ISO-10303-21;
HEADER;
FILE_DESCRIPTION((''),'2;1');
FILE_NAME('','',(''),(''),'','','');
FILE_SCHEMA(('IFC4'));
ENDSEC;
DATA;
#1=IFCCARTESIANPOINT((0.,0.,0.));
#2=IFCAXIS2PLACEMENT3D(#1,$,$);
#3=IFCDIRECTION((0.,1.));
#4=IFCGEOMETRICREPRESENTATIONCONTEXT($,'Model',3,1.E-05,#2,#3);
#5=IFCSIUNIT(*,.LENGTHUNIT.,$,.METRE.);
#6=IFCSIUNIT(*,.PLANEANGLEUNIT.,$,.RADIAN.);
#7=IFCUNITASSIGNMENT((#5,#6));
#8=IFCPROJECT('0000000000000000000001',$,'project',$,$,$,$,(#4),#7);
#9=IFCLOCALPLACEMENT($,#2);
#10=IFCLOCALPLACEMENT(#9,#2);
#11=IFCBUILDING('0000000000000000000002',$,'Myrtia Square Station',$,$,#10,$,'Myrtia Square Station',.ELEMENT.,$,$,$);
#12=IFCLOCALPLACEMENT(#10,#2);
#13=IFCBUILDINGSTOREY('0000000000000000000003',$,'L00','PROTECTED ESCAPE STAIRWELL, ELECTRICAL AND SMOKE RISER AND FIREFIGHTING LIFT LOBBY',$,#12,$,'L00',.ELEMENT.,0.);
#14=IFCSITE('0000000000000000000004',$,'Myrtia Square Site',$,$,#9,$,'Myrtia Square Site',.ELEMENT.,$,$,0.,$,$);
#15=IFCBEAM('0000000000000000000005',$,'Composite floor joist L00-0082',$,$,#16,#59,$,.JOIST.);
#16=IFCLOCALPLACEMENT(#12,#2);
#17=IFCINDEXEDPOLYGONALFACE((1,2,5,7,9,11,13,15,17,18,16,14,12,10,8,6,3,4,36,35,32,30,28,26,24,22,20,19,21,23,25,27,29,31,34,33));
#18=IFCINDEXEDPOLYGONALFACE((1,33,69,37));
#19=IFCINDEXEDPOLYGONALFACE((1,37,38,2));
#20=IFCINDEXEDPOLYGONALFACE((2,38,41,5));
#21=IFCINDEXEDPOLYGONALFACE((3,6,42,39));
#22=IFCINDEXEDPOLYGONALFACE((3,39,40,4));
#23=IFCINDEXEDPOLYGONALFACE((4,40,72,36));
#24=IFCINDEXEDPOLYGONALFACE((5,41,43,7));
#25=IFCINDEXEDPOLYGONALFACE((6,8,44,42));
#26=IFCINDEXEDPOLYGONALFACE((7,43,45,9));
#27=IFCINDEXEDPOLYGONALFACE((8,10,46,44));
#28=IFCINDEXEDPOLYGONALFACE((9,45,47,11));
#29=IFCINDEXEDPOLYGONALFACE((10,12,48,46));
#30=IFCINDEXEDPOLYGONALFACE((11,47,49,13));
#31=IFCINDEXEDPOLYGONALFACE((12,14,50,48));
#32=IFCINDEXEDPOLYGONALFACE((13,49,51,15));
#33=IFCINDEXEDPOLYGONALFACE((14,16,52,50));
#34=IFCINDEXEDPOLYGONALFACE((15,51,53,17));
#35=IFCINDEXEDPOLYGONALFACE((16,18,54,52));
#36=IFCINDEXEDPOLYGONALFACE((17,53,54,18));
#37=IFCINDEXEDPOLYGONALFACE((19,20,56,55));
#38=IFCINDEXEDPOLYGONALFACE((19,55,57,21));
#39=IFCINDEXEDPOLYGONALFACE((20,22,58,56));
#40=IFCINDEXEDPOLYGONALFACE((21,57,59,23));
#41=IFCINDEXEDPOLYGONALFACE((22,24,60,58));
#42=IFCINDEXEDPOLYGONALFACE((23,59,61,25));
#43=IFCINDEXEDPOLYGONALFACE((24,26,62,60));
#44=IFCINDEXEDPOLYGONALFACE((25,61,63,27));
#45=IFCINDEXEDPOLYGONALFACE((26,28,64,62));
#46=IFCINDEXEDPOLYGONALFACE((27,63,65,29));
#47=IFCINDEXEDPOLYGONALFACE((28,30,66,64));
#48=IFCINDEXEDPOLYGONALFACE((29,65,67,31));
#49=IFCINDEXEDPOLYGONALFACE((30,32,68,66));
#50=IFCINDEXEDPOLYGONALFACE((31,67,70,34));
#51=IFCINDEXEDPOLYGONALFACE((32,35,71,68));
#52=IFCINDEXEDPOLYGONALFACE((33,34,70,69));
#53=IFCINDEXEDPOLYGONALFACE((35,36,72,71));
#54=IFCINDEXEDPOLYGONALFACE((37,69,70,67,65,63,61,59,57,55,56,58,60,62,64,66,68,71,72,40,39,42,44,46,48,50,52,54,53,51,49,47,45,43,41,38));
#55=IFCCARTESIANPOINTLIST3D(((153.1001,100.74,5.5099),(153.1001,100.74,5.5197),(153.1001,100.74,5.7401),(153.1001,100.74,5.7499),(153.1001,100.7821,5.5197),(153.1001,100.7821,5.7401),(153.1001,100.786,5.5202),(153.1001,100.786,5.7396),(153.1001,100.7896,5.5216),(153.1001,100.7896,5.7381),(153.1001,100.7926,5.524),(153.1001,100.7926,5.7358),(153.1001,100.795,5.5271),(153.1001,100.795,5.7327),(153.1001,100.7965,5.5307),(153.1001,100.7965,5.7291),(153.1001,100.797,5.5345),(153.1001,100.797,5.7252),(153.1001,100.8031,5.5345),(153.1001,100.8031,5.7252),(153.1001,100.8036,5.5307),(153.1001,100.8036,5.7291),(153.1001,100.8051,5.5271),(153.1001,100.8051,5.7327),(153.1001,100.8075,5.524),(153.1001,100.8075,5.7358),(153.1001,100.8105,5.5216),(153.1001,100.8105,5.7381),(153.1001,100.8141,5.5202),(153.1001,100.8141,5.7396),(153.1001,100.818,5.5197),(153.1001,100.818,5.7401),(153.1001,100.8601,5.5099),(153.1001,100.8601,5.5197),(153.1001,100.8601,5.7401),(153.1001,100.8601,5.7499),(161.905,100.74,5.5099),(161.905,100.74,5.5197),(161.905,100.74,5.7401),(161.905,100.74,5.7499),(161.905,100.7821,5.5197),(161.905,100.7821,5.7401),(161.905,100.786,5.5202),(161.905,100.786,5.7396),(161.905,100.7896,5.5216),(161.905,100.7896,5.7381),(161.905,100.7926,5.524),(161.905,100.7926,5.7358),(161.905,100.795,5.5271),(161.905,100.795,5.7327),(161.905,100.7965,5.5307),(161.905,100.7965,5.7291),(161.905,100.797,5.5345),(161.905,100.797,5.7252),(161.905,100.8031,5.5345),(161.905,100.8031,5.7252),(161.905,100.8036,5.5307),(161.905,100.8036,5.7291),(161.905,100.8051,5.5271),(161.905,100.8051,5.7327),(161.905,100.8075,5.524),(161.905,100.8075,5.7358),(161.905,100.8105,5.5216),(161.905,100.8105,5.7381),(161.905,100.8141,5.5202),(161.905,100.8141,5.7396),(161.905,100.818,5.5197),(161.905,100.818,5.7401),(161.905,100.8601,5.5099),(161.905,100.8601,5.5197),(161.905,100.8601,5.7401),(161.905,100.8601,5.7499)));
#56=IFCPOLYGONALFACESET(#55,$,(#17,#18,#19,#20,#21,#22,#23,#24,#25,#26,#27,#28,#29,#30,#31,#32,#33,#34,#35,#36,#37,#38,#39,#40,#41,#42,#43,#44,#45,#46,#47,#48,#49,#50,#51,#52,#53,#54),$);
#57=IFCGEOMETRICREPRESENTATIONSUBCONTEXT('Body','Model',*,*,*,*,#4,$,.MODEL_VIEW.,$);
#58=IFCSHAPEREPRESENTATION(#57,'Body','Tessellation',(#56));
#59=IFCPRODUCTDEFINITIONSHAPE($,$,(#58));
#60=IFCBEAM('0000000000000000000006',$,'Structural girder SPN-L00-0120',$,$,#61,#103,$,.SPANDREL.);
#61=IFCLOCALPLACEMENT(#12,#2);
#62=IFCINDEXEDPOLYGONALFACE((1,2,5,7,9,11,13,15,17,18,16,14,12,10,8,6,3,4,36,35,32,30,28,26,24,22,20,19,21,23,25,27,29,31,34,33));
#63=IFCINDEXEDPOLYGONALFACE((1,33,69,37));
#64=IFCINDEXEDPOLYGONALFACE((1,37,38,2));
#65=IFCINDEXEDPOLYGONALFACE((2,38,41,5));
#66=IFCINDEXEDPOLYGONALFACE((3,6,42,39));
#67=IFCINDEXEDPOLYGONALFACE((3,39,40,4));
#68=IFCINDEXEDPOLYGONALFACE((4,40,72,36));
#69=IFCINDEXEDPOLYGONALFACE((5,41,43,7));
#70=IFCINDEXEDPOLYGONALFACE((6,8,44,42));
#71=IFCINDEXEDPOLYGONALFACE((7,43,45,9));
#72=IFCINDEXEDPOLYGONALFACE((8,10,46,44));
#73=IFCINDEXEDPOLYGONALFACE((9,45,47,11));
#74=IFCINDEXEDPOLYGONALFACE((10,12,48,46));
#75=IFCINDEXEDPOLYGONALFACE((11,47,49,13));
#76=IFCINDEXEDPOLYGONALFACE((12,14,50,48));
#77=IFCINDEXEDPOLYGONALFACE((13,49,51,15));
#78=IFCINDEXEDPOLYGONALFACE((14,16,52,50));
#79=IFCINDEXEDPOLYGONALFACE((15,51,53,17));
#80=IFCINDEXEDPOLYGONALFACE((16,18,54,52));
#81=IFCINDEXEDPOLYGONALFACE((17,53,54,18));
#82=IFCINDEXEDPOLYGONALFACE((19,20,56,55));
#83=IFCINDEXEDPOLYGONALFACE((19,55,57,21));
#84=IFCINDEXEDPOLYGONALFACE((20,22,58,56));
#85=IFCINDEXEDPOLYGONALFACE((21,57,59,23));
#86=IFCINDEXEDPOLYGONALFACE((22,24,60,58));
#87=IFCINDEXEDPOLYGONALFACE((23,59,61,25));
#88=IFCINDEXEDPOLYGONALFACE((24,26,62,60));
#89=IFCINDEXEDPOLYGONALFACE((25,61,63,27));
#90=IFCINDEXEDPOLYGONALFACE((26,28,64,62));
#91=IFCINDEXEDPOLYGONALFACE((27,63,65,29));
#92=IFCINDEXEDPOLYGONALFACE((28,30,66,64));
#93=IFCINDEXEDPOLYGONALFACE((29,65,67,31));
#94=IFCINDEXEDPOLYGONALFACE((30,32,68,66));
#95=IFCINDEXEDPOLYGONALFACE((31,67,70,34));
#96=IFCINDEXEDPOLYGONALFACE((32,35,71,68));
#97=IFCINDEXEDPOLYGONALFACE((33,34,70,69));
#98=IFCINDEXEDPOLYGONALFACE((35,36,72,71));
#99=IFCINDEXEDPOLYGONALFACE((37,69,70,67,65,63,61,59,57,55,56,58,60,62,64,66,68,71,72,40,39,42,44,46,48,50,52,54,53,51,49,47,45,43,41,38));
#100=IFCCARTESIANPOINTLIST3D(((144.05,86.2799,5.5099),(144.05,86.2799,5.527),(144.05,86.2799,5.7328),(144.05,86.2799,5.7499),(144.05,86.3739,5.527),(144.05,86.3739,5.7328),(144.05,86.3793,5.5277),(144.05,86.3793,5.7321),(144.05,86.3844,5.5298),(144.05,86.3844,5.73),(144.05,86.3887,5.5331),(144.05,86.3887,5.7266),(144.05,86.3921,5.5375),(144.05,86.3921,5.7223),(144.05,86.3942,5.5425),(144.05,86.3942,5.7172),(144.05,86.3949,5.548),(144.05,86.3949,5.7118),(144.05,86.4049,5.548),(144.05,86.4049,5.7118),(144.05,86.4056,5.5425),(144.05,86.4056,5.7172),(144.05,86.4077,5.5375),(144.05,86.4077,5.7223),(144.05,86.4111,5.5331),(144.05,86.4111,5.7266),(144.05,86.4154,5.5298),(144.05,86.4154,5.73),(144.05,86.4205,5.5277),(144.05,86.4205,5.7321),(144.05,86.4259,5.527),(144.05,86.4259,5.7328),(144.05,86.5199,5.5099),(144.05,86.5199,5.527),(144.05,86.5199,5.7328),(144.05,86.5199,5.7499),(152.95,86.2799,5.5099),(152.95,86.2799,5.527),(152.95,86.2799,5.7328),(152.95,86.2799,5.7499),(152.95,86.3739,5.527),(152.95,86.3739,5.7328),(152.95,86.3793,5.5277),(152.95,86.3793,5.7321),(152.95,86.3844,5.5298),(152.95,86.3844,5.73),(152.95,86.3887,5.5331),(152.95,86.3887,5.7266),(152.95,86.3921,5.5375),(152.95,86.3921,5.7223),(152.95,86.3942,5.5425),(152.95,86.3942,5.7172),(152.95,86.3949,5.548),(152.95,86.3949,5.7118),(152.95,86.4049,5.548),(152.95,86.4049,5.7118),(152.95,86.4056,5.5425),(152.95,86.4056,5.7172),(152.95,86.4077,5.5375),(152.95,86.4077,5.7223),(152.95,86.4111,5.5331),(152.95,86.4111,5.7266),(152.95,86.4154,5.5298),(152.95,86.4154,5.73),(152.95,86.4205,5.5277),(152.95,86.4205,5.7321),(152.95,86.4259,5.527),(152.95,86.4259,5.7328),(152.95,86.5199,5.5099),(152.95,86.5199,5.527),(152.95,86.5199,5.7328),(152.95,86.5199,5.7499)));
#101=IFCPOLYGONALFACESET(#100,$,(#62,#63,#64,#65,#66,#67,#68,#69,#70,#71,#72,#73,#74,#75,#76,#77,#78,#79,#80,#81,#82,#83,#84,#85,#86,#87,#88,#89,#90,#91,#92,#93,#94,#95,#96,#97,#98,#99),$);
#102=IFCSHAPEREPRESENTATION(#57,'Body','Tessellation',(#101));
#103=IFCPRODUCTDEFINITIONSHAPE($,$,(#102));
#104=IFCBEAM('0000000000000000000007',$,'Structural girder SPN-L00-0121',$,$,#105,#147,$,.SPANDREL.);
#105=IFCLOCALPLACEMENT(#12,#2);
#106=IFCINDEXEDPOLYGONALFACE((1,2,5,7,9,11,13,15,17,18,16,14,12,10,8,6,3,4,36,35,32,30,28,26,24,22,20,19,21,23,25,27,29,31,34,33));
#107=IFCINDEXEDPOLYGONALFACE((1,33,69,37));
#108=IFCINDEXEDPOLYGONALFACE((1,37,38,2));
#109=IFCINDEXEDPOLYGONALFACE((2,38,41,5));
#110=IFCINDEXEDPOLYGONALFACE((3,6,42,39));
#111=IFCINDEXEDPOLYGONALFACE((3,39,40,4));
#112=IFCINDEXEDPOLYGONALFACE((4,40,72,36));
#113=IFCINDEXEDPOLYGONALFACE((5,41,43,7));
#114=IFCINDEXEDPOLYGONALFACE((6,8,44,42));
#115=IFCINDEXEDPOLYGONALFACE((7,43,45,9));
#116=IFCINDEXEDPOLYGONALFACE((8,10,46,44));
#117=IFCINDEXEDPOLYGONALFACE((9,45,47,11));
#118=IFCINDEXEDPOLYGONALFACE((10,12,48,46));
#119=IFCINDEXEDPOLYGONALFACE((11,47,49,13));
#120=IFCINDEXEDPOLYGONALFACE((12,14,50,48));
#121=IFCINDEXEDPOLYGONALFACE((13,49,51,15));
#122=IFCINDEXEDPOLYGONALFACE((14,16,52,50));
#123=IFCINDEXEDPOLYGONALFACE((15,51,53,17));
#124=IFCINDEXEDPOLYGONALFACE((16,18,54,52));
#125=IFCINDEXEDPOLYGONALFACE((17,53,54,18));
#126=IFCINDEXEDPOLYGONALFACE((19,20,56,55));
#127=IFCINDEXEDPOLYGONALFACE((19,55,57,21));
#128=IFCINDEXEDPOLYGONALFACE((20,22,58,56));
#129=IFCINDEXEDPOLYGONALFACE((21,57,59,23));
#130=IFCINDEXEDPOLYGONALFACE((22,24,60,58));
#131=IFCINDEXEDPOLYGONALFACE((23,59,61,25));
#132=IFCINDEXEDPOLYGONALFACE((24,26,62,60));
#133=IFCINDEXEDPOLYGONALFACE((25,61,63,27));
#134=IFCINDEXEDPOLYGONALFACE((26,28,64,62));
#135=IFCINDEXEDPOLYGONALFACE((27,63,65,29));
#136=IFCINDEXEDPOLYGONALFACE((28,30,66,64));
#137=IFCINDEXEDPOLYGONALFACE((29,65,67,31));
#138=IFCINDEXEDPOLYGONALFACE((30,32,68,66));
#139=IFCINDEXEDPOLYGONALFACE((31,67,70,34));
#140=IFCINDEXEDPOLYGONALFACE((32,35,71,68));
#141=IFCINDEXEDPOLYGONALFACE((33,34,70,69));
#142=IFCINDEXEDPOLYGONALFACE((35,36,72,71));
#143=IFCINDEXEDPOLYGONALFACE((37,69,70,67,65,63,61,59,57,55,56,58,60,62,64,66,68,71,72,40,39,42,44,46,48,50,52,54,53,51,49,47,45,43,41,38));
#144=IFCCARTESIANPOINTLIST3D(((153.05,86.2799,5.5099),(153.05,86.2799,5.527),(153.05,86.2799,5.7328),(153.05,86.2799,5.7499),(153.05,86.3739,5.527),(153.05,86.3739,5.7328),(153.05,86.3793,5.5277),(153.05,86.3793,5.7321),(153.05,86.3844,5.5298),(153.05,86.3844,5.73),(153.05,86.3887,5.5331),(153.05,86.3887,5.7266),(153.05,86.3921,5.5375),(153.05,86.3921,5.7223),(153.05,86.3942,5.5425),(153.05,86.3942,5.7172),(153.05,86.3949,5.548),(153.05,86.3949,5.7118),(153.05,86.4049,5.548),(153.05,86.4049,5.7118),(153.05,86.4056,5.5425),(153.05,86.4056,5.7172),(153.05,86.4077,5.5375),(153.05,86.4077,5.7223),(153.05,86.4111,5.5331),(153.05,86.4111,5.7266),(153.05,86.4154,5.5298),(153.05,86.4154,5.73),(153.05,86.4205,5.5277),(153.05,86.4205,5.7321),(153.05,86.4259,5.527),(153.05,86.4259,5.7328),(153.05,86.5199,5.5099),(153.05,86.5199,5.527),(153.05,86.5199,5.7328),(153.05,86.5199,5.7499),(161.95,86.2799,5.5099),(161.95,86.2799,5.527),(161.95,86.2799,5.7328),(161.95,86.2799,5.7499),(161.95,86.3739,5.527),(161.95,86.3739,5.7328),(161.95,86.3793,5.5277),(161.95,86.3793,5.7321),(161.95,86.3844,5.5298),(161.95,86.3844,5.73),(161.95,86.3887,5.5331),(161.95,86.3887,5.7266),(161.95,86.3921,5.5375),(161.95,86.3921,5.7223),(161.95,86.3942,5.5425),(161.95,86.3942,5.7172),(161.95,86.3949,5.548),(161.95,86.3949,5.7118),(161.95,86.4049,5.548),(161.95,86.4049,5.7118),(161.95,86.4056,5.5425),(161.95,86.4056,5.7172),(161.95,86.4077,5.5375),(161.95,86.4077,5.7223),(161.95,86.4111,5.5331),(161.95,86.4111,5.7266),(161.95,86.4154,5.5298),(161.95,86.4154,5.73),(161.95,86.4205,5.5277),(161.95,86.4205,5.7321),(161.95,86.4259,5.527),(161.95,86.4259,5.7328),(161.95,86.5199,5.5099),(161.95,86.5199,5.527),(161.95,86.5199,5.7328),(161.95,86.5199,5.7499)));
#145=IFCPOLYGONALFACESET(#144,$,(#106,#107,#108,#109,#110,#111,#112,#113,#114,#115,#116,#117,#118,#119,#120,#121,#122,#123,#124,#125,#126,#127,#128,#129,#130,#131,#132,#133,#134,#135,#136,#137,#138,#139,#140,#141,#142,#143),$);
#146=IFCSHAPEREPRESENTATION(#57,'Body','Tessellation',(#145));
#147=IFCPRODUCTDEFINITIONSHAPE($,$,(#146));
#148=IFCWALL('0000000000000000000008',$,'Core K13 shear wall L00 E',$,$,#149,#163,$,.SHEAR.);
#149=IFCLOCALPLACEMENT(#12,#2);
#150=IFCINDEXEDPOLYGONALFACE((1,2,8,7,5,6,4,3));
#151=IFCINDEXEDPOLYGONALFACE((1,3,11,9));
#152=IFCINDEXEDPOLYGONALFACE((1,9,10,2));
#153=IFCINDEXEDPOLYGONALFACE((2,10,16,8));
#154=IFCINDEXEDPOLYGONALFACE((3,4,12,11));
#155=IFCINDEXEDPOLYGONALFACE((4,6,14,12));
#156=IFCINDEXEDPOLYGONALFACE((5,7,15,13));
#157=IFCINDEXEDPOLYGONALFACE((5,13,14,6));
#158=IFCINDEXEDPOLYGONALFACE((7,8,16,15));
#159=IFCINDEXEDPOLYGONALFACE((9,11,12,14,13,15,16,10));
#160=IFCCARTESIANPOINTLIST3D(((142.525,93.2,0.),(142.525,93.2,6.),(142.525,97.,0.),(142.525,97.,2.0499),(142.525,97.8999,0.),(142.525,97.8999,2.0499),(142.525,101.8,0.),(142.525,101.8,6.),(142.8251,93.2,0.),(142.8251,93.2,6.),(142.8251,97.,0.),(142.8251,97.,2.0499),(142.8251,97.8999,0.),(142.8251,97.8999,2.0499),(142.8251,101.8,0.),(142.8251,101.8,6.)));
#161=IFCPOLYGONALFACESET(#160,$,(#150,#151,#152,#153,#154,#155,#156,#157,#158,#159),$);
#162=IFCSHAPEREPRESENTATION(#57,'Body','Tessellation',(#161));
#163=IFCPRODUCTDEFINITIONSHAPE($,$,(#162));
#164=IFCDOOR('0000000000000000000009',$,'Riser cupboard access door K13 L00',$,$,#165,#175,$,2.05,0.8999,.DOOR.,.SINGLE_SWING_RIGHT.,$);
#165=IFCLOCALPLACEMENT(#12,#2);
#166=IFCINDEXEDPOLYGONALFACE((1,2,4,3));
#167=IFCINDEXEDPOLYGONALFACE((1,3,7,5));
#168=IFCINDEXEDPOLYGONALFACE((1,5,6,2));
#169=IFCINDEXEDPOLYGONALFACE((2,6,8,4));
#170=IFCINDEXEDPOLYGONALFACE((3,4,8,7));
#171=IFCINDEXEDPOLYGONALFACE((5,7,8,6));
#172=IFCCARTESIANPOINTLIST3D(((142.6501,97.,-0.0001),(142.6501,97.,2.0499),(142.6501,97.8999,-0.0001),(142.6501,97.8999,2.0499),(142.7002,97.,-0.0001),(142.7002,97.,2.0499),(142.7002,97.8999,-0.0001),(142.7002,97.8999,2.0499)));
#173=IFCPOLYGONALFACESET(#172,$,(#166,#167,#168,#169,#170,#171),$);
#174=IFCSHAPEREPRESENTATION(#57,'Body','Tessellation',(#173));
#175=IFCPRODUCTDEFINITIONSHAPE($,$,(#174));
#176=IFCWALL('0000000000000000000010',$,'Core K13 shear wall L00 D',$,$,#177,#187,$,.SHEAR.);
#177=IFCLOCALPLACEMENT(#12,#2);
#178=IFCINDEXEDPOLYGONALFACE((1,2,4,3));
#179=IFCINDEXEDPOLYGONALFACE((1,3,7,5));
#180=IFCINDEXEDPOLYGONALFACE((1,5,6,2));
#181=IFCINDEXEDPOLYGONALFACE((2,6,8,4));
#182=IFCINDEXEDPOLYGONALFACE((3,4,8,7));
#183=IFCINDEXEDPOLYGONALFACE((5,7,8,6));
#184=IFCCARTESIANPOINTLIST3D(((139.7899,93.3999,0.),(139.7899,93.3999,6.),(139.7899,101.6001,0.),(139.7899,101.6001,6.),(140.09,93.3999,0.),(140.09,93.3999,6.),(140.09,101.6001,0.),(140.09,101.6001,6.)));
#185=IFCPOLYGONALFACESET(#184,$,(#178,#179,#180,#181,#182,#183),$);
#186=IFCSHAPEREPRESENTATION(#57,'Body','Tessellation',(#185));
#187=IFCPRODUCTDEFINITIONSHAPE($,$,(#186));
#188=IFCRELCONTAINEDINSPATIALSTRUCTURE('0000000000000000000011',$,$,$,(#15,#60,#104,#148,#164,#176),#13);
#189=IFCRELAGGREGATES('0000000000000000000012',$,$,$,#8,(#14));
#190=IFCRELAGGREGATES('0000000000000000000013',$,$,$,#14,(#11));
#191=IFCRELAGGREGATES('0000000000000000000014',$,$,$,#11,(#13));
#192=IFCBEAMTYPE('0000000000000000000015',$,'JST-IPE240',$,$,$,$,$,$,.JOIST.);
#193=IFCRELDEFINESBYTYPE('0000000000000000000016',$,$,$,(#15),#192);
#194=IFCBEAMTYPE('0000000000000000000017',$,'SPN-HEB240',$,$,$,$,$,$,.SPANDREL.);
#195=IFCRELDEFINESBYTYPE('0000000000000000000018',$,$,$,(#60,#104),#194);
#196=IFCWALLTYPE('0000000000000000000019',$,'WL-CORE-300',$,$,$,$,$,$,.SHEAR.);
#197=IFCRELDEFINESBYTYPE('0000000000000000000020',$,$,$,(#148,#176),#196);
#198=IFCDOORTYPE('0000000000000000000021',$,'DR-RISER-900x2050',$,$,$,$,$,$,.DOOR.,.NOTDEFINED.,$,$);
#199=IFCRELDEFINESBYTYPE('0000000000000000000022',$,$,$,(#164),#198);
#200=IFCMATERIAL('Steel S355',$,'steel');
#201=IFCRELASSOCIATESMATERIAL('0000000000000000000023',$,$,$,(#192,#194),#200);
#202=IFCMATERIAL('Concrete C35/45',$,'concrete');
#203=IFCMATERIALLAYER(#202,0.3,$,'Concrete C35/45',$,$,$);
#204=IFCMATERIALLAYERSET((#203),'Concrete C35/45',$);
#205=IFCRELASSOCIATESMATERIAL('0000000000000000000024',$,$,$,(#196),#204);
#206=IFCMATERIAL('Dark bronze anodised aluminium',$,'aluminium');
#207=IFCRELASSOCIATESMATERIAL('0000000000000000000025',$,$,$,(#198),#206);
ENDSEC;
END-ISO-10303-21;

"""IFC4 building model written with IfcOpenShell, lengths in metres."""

from ifc_helpers import new_model, si_unit, direction, frame, frame_2d, origin, origin_2d, place, context, subcontext, project, spatial, rectangle, i_section, extrude, material, layer, layer_set, material_profile, profile_set, type_object, element, fill, save


model = new_model("IFC4")

# Units and contexts
model_context = context("Model", 3, precision=1e-05, world=origin(), true_north=direction((0.0, 1.0)))
body_context = subcontext(model_context, "Body", "Model", "MODEL_VIEW")
ifc_project = project(units=[si_unit("LENGTHUNIT", "METRE"), si_unit("PLANEANGLEUNIT", "RADIAN")], contexts=[model_context])

# Site, building, storey
site_placement = place(None, origin())
site = spatial("IfcSite", under=ifc_project, at=site_placement, Name="Myrtia Square Site", LongName="Myrtia Square Site", CompositionType="ELEMENT", RefElevation=0.0)
building_placement = place(site_placement, origin())
building = spatial("IfcBuilding", under=site, at=building_placement, Name="Myrtia Square Station", LongName="Myrtia Square Station", CompositionType="ELEMENT")
storey_placement = place(building_placement, origin())
storey = spatial("IfcBuildingStorey", under=building, at=storey_placement, Name="L00", Description="PROTECTED ESCAPE STAIRWELL, ELECTRICAL AND SMOKE RISER AND FIREFIGHTING LIFT LOBBY", LongName="L00", CompositionType="ELEMENT", Elevation=0.0)

# Shared definitions
ifc_material_1 = material(Name="Concrete C35/45", Category="concrete")

# Shared definitions
ifc_material_2 = material(Name="Steel S355", Category="steel")

# Beams
ifc_material_profile_1 = material_profile(ifc_material_2, i_section(OverallWidth=0.1201, OverallDepth=0.24, WebThickness=0.0061, FlangeThickness=0.0098, FilletRadius=0.0149, at=origin_2d()), Name="IPE 240")
ifc_profile_set_1 = profile_set([ifc_material_profile_1], Name="Steel S355")
beam_type_1 = type_object("IfcBeamType", Name="JST-IPE240", PredefinedType="JOIST", material=ifc_profile_set_1)
beam_1_placement = place(storey_placement, frame((153.1001, 100.8, 5.6299), z_axis=(1.0, 0.0, 0.0), x_axis=(0.0, 1.0, 0.0)))
element("IfcBeam", 1, at=beam_1_placement, inside=storey, type_object=beam_type_1, Name="Composite floor joist L00-0082", PredefinedType="JOIST", context=body_context, shape_type="SweptSolid", body=[
    extrude(i_section(OverallWidth=0.1201, OverallDepth=0.24, WebThickness=0.0061, FlangeThickness=0.0098, FilletRadius=0.0149, at=origin_2d()), origin(), (0.0, 0.0, 1.0), 8.8049),
])
ifc_material_profile_2 = material_profile(ifc_material_2, i_section(OverallWidth=0.24, OverallDepth=0.24, WebThickness=0.01, FlangeThickness=0.0171, FilletRadius=0.021, at=origin_2d()), Name="HEB 240")
ifc_profile_set_2 = profile_set([ifc_material_profile_2], Name="Steel S355")
beam_type_2 = type_object("IfcBeamType", Name="SPN-HEB240", PredefinedType="SPANDREL", material=ifc_profile_set_2)
for number, where, z_axis, x_axis, name in (
    (2, (144.05, 86.3999, 5.6299), (1.0, 0.0, 0.0), (0.0, 1.0, 0.0), "Structural girder SPN-L00-0120"),
    (3, (153.05, 86.3999, 5.6299), (1.0, 0.0, 0.0), (0.0, 1.0, 0.0), "Structural girder SPN-L00-0121"),
):
    element("IfcBeam", number, at=place(storey_placement, frame(where, z_axis=z_axis, x_axis=x_axis)), inside=storey, type_object=beam_type_2, Name=name, PredefinedType="SPANDREL", context=body_context, shape_type="SweptSolid", body=[
        extrude(i_section(OverallWidth=0.24, OverallDepth=0.24, WebThickness=0.01, FlangeThickness=0.0171, FilletRadius=0.021, at=origin_2d()), origin(), (0.0, 0.0, 1.0), 8.8999),
    ])

# Wall, opening, door
ifc_layer_1 = layer(ifc_material_1, 0.3, Name="Concrete C35/45")
ifc_layer_set_1 = layer_set([ifc_layer_1], Name="Concrete C35/45")
wall_type_1 = type_object("IfcWallType", Name="WL-CORE-300", PredefinedType="SHEAR", material=ifc_layer_set_1)
wall_1_placement = place(storey_placement, frame((142.675, 93.2, 0.0), z_axis=(0.0, 0.0, 1.0), x_axis=(0.0, 1.0, 0.0)))
wall_1 = element("IfcWall", 4, at=wall_1_placement, inside=storey, type_object=wall_type_1, Name="Core K13 shear wall L00 E", PredefinedType="SHEAR", context=body_context, shape_type="SweptSolid", body=[
    extrude(rectangle(XDim=8.6001, YDim=0.3, at=frame_2d((4.3, 0.0))), origin(), (0.0, 0.0, 1.0), 6.0),
])
opening_1_placement = place(wall_1_placement, frame((3.8, 0.0, 0.0)))
opening_1 = element("IfcOpeningElement", 5, at=opening_1_placement, cuts=wall_1, PredefinedType="OPENING", context=body_context, shape_type="SweptSolid", body=[
    extrude(rectangle(XDim=0.8999, YDim=2.05, at=frame_2d((0.45, 1.0249))), frame((0.0, 0.165, 0.0), z_axis=(0.0, -1.0, 0.0), x_axis=(1.0, 0.0, 0.0)), (0.0, 0.0, 1.0), 0.3301),
])
ifc_material_3 = material(Name="Dark bronze anodised aluminium", Category="aluminium")
door_type_1 = type_object("IfcDoorType", Name="DR-RISER-900x2050", OperationType="NOTDEFINED", PredefinedType="DOOR", material=ifc_material_3)
door_1_placement = place(opening_1_placement, origin())
door_1 = element("IfcDoor", 6, at=door_1_placement, inside=storey, type_object=door_type_1, Name="Riser cupboard access door K13 L00", OperationType="SINGLE_SWING_RIGHT", OverallHeight=2.05, OverallWidth=0.8999, PredefinedType="DOOR", context=body_context, shape_type="SweptSolid", body=[
    extrude(rectangle(XDim=0.8999, YDim=2.05, at=frame_2d((0.45, 1.0249))), frame((0.0, 0.0249, 0.0), z_axis=(0.0, -1.0, 0.0), x_axis=(1.0, 0.0, 0.0)), (0.0, 0.0, 1.0), 0.05),
])
fill(opening_1, door_1)

# Wall
wall_2_placement = place(storey_placement, frame((139.9399, 93.3999, 0.0), z_axis=(0.0, 0.0, 1.0), x_axis=(0.0, 1.0, 0.0)))
element("IfcWall", 7, at=wall_2_placement, inside=storey, type_object=wall_type_1, Name="Core K13 shear wall L00 D", PredefinedType="SHEAR", context=body_context, shape_type="SweptSolid", body=[
    extrude(rectangle(XDim=8.2002, YDim=0.3, at=frame_2d((4.1001, 0.0))), origin(), (0.0, 0.0, 1.0), 6.0),
])

save(model, "model.ifc")
